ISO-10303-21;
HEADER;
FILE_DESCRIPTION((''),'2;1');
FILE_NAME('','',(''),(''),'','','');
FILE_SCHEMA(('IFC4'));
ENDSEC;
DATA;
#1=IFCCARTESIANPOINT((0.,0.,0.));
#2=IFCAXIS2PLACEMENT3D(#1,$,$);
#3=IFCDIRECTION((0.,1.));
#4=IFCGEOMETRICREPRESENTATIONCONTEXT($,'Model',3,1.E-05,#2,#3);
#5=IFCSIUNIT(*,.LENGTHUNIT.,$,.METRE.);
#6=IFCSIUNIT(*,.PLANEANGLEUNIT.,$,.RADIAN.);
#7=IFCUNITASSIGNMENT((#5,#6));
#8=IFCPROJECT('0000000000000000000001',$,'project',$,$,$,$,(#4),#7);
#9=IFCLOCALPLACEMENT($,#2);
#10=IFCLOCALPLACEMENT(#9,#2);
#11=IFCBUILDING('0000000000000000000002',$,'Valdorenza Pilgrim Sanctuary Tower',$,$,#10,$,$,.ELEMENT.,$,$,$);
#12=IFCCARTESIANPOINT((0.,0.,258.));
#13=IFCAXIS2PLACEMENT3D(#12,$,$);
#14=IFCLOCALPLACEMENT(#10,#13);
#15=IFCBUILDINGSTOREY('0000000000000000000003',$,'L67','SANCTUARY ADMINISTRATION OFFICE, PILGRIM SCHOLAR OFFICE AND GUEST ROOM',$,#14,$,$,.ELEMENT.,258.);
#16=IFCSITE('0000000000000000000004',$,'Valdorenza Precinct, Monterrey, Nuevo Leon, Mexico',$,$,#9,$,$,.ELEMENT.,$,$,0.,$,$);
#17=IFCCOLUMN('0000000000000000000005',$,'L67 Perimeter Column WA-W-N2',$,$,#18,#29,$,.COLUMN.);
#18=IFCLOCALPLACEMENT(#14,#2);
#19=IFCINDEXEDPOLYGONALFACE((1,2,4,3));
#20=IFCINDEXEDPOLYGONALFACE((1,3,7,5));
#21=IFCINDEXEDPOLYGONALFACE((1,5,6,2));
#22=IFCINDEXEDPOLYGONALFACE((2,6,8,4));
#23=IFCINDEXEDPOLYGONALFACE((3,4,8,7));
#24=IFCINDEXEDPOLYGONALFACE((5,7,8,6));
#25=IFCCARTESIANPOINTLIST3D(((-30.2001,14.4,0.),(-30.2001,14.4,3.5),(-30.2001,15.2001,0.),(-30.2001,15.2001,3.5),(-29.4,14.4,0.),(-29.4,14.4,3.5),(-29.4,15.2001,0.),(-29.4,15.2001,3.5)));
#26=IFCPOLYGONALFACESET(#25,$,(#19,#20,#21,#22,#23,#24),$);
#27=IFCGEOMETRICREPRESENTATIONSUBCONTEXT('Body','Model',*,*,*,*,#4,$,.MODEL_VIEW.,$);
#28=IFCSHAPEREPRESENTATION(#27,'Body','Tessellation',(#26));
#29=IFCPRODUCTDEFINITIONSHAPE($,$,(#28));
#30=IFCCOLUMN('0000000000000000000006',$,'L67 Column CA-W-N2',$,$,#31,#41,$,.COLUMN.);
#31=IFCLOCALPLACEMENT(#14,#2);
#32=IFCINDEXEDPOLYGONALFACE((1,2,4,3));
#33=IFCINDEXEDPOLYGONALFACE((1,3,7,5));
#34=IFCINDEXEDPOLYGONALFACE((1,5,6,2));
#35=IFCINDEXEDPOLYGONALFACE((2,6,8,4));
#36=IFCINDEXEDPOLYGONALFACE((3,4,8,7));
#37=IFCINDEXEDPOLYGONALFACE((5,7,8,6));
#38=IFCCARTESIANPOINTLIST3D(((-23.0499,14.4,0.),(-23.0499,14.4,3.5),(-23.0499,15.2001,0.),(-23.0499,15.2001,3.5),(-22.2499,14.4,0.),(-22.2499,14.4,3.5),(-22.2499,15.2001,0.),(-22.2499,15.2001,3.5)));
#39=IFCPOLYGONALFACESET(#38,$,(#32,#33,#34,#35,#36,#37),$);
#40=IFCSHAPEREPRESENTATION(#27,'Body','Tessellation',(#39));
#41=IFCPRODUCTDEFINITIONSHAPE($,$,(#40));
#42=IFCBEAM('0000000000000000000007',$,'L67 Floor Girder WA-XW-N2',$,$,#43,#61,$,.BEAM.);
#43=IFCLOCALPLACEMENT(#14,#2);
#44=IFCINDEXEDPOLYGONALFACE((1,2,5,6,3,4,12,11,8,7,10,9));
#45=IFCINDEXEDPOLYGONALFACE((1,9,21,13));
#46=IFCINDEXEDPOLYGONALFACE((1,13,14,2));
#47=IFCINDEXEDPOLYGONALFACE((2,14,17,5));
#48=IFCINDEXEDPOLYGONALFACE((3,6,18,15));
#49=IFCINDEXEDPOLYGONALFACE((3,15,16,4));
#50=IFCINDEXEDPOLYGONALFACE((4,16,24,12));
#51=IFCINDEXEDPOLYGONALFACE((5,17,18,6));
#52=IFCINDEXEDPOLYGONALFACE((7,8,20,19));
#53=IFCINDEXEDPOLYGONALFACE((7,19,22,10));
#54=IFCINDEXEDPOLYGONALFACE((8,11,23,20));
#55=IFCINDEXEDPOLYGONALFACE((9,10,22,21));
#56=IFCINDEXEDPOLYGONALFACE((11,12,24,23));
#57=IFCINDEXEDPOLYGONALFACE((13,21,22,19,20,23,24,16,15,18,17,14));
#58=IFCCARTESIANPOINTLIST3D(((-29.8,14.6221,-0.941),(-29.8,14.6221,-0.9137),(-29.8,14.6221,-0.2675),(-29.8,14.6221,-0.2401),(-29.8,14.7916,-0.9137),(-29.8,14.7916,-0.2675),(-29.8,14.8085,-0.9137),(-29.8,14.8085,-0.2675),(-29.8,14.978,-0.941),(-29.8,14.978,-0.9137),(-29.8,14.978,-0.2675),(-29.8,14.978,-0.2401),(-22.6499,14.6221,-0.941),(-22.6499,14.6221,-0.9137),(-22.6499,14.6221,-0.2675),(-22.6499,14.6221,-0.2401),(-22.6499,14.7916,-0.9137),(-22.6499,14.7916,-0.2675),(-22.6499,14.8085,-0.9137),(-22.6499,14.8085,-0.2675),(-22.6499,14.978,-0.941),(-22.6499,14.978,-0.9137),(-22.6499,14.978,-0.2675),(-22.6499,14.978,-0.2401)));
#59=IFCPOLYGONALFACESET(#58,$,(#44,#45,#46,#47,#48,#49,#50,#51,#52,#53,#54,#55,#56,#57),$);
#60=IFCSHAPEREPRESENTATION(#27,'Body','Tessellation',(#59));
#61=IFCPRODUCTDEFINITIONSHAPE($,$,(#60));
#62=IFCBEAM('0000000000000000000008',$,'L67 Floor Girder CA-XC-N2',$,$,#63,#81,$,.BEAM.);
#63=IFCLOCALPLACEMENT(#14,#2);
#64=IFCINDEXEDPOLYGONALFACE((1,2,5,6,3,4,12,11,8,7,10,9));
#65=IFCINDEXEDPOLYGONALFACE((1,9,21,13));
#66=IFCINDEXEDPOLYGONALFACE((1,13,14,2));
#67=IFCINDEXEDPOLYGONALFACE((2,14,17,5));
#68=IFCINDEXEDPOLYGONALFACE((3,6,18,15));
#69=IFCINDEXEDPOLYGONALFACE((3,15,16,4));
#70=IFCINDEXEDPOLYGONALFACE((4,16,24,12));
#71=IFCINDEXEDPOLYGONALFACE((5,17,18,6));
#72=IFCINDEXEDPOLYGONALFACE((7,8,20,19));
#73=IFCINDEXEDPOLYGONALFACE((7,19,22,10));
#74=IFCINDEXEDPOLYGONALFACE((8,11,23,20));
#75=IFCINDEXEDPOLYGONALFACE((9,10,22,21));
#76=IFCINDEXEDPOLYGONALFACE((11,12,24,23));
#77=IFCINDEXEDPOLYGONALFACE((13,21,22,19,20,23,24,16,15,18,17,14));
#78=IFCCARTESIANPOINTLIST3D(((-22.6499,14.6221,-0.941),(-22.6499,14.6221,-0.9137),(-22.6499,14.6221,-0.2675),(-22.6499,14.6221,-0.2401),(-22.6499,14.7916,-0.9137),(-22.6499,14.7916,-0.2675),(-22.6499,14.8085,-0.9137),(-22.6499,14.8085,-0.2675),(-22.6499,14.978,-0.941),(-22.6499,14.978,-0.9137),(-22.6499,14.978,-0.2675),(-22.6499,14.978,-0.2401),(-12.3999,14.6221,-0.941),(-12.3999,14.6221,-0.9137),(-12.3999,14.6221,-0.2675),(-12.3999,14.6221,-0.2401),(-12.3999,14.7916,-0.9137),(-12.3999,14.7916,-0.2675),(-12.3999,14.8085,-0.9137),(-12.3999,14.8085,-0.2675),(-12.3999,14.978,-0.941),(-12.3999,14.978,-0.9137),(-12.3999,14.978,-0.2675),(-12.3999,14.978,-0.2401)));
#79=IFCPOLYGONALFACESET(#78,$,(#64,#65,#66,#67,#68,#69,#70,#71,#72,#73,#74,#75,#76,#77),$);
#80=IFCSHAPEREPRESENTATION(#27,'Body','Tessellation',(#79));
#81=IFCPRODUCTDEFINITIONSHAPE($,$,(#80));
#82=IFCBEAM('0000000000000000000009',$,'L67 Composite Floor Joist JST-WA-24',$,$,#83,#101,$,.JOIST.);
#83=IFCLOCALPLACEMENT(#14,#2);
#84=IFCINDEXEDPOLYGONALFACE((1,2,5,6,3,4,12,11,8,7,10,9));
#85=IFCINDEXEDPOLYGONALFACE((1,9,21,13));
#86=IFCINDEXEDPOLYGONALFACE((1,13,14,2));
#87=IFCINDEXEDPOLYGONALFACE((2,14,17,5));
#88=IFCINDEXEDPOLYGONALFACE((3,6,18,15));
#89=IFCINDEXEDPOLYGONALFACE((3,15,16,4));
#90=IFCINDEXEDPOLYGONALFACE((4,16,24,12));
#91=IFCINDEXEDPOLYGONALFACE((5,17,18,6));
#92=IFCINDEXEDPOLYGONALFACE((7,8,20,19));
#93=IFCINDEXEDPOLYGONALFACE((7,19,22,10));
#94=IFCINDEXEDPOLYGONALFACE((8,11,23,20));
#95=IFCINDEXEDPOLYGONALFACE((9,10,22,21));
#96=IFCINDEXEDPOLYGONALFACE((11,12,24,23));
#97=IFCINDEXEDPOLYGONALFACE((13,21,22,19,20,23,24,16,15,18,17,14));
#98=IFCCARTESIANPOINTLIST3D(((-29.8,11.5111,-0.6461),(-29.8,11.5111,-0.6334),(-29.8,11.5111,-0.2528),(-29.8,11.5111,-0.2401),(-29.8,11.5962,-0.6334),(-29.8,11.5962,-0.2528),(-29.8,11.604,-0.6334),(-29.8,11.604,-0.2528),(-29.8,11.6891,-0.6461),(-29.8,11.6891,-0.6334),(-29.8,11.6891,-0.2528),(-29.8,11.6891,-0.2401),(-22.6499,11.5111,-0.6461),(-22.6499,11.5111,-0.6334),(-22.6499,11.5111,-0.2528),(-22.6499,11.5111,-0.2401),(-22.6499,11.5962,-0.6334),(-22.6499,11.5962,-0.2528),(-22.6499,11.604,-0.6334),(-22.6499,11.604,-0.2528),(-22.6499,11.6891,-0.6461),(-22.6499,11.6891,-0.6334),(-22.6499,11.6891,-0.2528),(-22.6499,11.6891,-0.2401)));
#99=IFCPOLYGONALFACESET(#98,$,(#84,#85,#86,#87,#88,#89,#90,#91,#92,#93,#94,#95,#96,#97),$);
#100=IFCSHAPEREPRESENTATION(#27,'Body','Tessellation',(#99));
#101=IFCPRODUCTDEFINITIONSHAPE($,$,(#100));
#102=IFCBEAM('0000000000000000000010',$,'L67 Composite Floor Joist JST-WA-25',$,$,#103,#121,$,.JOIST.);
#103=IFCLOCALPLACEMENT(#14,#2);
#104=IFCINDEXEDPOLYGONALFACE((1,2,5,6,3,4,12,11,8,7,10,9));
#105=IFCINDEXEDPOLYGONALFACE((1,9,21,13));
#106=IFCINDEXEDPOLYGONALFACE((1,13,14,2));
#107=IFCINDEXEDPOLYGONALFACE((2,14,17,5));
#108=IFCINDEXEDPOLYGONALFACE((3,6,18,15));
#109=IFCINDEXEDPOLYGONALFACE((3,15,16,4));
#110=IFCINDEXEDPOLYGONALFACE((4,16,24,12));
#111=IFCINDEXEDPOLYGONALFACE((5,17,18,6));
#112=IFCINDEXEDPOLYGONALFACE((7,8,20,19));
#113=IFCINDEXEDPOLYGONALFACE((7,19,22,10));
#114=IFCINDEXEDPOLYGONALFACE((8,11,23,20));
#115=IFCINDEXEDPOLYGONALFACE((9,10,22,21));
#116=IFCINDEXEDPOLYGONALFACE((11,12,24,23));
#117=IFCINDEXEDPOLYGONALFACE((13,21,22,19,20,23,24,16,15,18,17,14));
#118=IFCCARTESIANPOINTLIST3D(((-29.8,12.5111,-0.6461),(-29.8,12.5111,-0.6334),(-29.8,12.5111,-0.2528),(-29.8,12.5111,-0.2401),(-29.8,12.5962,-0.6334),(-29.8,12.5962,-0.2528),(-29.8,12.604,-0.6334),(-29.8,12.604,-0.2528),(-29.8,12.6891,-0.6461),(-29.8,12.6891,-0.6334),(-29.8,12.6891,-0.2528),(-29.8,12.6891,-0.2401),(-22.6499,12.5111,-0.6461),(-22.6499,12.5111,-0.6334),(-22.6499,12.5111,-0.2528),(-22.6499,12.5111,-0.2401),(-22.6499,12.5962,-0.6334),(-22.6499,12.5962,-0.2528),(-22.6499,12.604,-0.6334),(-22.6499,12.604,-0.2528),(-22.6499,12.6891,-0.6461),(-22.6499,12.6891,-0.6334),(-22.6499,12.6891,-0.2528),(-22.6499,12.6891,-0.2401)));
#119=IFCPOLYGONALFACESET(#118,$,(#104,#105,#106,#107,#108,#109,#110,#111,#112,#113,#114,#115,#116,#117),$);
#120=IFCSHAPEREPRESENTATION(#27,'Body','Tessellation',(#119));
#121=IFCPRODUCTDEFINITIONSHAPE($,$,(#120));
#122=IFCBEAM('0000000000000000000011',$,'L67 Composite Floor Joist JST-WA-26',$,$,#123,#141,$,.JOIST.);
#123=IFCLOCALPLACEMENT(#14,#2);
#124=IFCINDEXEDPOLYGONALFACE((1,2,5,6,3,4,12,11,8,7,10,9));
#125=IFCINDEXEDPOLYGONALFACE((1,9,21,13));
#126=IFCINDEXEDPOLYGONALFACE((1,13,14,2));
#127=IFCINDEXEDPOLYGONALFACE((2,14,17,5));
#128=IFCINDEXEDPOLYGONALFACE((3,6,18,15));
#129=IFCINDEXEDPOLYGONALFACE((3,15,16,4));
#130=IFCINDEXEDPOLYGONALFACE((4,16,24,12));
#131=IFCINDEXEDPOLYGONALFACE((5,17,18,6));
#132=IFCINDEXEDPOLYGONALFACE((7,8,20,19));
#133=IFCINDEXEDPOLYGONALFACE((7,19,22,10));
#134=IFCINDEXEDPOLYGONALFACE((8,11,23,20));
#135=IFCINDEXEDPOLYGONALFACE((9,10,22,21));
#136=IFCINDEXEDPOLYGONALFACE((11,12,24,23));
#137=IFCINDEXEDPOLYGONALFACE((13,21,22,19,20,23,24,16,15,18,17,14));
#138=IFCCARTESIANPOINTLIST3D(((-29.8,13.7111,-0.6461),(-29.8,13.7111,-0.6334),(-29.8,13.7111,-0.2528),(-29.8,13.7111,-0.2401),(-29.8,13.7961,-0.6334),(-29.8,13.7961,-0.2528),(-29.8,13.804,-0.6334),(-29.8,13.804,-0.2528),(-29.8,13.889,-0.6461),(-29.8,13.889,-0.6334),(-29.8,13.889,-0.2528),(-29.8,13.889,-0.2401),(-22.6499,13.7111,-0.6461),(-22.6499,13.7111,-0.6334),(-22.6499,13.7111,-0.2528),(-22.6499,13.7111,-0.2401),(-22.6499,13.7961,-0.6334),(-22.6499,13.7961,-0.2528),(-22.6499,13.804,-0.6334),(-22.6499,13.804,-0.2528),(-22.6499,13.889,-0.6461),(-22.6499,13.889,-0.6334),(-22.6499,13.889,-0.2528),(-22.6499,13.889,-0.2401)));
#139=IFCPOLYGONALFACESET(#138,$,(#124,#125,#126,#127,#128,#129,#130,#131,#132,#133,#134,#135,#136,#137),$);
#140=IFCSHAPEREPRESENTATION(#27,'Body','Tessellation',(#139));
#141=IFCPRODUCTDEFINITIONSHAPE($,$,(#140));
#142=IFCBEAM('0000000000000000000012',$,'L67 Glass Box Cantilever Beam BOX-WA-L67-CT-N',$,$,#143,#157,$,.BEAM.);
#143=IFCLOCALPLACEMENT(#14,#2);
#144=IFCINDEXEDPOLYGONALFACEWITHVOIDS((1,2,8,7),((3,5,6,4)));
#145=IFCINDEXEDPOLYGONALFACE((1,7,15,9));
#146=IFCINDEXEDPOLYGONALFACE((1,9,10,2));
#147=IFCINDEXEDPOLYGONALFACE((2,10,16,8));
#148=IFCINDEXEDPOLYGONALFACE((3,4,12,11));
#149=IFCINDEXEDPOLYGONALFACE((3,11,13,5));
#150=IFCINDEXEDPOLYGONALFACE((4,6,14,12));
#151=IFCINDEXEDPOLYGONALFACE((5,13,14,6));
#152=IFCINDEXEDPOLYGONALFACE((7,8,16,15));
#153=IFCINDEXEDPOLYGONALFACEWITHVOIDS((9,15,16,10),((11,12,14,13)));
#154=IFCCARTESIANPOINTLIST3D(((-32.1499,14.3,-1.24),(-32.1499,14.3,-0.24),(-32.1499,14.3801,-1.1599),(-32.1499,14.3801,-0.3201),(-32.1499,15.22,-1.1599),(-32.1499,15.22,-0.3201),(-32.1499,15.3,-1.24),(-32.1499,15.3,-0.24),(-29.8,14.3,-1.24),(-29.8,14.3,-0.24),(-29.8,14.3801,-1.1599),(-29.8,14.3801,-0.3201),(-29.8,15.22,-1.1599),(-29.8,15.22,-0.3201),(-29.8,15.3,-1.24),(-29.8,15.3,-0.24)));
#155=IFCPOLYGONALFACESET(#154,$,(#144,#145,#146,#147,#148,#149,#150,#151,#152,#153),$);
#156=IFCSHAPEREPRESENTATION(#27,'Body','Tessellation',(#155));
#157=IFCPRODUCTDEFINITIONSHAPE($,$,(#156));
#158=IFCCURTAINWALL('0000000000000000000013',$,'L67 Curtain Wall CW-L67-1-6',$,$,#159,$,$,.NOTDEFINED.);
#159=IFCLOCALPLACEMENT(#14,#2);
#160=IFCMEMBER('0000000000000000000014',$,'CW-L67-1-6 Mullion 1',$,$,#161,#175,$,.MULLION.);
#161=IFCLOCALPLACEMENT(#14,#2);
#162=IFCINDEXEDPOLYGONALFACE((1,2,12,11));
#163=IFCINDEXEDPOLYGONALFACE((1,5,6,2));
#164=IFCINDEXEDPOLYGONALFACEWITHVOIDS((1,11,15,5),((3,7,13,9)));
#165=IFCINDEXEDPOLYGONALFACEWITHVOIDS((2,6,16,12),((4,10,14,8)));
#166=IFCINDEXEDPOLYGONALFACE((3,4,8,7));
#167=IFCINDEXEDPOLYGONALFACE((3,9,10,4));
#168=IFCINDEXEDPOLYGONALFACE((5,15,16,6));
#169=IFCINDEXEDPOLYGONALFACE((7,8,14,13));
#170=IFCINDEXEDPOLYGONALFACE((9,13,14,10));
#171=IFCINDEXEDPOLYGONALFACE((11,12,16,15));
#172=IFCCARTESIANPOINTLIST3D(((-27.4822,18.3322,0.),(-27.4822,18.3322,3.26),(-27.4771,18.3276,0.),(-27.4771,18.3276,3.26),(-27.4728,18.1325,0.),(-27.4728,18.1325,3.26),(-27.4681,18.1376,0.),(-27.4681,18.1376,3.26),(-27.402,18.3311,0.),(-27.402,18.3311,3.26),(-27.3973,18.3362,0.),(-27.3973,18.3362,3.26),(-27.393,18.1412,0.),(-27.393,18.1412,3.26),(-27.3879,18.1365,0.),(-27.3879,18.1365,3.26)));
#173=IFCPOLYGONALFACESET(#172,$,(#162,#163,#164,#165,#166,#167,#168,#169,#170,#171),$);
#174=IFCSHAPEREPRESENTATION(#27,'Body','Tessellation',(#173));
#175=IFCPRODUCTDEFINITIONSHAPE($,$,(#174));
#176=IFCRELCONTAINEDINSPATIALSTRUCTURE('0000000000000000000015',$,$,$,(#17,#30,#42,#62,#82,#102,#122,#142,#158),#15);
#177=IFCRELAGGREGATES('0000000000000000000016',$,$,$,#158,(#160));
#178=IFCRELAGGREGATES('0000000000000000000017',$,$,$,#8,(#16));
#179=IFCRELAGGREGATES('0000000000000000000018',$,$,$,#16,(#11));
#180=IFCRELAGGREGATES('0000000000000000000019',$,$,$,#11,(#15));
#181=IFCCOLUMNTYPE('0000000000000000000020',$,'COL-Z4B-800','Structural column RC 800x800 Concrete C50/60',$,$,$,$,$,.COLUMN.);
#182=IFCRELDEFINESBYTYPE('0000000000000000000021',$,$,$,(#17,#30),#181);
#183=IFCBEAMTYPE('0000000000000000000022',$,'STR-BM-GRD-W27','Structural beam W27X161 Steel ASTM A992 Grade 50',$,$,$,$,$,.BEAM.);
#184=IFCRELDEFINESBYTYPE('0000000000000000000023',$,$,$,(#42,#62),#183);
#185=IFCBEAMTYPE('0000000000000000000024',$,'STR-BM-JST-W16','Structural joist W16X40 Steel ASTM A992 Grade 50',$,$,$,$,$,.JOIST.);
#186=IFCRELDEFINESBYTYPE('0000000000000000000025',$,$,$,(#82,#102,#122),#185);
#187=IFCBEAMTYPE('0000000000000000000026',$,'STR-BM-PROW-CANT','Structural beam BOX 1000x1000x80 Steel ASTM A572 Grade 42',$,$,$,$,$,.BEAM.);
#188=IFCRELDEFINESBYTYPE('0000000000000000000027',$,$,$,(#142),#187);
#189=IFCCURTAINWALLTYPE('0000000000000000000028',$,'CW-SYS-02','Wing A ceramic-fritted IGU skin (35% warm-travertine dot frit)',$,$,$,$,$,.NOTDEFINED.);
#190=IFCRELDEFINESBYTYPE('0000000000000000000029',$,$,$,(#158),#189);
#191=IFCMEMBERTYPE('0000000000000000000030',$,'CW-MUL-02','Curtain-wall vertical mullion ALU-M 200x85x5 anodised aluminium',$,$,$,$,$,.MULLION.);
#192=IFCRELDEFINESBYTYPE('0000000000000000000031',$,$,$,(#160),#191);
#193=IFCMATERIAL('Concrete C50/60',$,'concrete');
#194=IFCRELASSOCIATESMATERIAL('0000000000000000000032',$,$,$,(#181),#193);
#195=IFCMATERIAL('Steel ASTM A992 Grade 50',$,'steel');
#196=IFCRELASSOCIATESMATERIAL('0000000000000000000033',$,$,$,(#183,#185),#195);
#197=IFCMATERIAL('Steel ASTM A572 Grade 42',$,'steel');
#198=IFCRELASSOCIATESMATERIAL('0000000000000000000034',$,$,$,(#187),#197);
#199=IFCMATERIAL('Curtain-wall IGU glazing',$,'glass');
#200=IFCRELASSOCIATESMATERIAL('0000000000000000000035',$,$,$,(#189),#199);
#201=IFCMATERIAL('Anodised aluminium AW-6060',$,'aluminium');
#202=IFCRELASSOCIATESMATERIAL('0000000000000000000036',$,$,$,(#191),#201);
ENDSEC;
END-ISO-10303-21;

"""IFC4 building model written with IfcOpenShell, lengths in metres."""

from ifc_helpers import new_model, si_unit, direction, frame, origin, origin_2d, place, context, subcontext, project, spatial, rectangle, hollow_rectangle, i_section, extrude, source, transform, mapped, material, material_profile, profile_set, type_object, element, aggregate, save


model = new_model("IFC4")

# Units and contexts
model_context = context("Model", 3, precision=1e-05, world=origin(), true_north=direction((0.0, 1.0)))
body_context = subcontext(model_context, "Body", "Model", "MODEL_VIEW")
ifc_project = project(units=[si_unit("LENGTHUNIT", "METRE"), si_unit("PLANEANGLEUNIT", "RADIAN")], contexts=[model_context])

# Site, building, storey
site_placement = place(None, origin())
site = spatial("IfcSite", under=ifc_project, at=site_placement, Name="Valdorenza Precinct, Monterrey, Nuevo Leon, Mexico", CompositionType="ELEMENT", RefElevation=0.0)
building_placement = place(site_placement, origin())
building = spatial("IfcBuilding", under=site, at=building_placement, Name="Valdorenza Pilgrim Sanctuary Tower", CompositionType="ELEMENT")
storey_placement = place(building_placement, frame((0.0, 0.0, 258.0)))
storey = spatial("IfcBuildingStorey", under=building, at=storey_placement, Name="L67", Description="SANCTUARY ADMINISTRATION OFFICE, PILGRIM SCHOLAR OFFICE AND GUEST ROOM", CompositionType="ELEMENT", Elevation=258.0)

# Columns
ifc_material_1 = material(Name="Concrete C50/60", Category="concrete")
ifc_material_profile_1 = material_profile(ifc_material_1, rectangle(XDim=0.8, YDim=0.8, at=origin_2d()), Name="RC 800x800")
ifc_profile_set_1 = profile_set([ifc_material_profile_1], Name="Concrete C50/60")
column_type = type_object("IfcColumnType", Name="COL-Z4B-800", Description="Structural column RC 800x800 Concrete C50/60", PredefinedType="COLUMN", material=ifc_profile_set_1)
shared_shape_1 = source(origin(), body_context, "Body", "SweptSolid", [
    extrude(rectangle(XDim=0.8, YDim=0.8, at=origin_2d()), origin(), (0.0, 0.0, 1.0), 3.5),
])
for number, where, z_axis, x_axis, name in (
    (1, (-29.8, 14.8, 0.0), (0.0, 0.0, 1.0), (1.0, 0.0, 0.0), "L67 Perimeter Column WA-W-N2"),
    (2, (-22.6499, 14.8, 0.0), (0.0, 0.0, 1.0), (1.0, 0.0, 0.0), "L67 Column CA-W-N2"),
):
    element("IfcColumn", number, at=place(storey_placement, frame(where, z_axis=z_axis, x_axis=x_axis)), inside=storey, type_object=column_type, Name=name, PredefinedType="COLUMN", context=body_context, shape_type="MappedRepresentation", body=[
        mapped(shared_shape_1, transform((0.0, 0.0, 0.0), x_axis=(1.0, 0.0, 0.0), y_axis=(0.0, 1.0, 0.0), z_axis=(0.0, 0.0, 1.0), scale=1.0)),
    ])

# Beams
ifc_material_2 = material(Name="Steel ASTM A992 Grade 50", Category="steel")
ifc_material_profile_2 = material_profile(ifc_material_2, i_section(OverallWidth=0.356, OverallDepth=0.7009, WebThickness=0.0168, FlangeThickness=0.0273, at=origin_2d()), Name="W27X161")
ifc_profile_set_2 = profile_set([ifc_material_profile_2], Name="Steel ASTM A992 Grade 50")
beam_type_1 = type_object("IfcBeamType", Name="STR-BM-GRD-W27", Description="Structural beam W27X161 Steel ASTM A992 Grade 50", PredefinedType="BEAM", material=ifc_profile_set_2)
shared_shape_2 = source(origin(), body_context, "Body", "SweptSolid", [
    extrude(i_section(OverallWidth=0.356, OverallDepth=0.7009, WebThickness=0.0168, FlangeThickness=0.0273, at=origin_2d()), origin(), (0.0, 0.0, 1.0), 7.1501),
])
beam_1_placement = place(storey_placement, frame((-29.8, 14.8, -0.5906), z_axis=(1.0, 0.0, 0.0), x_axis=(0.0, 1.0, 0.0)))
element("IfcBeam", 3, at=beam_1_placement, inside=storey, type_object=beam_type_1, Name="L67 Floor Girder WA-XW-N2", PredefinedType="BEAM", context=body_context, shape_type="MappedRepresentation", body=[
    mapped(shared_shape_2, transform((0.0, 0.0, 0.0), x_axis=(1.0, 0.0, 0.0), y_axis=(0.0, 1.0, 0.0), z_axis=(0.0, 0.0, 1.0), scale=1.0)),
])
shared_shape_3 = source(origin(), body_context, "Body", "SweptSolid", [
    extrude(i_section(OverallWidth=0.356, OverallDepth=0.7009, WebThickness=0.0168, FlangeThickness=0.0273, at=origin_2d()), origin(), (0.0, 0.0, 1.0), 10.25),
])
beam_2_placement = place(storey_placement, frame((-22.6499, 14.8, -0.5906), z_axis=(1.0, 0.0, 0.0), x_axis=(0.0, 1.0, 0.0)))
element("IfcBeam", 4, at=beam_2_placement, inside=storey, type_object=beam_type_1, Name="L67 Floor Girder CA-XC-N2", PredefinedType="BEAM", context=body_context, shape_type="MappedRepresentation", body=[
    mapped(shared_shape_3, transform((0.0, 0.0, 0.0), x_axis=(1.0, 0.0, 0.0), y_axis=(0.0, 1.0, 0.0), z_axis=(0.0, 0.0, 1.0), scale=1.0)),
])
ifc_material_profile_3 = material_profile(ifc_material_2, i_section(OverallWidth=0.178, OverallDepth=0.406, WebThickness=0.0078, FlangeThickness=0.0127, at=origin_2d()), Name="W16X40")
ifc_profile_set_3 = profile_set([ifc_material_profile_3], Name="Steel ASTM A992 Grade 50")
beam_type_2 = type_object("IfcBeamType", Name="STR-BM-JST-W16", Description="Structural joist W16X40 Steel ASTM A992 Grade 50", PredefinedType="JOIST", material=ifc_profile_set_3)
shared_shape_4 = source(origin(), body_context, "Body", "SweptSolid", [
    extrude(i_section(OverallWidth=0.178, OverallDepth=0.406, WebThickness=0.0078, FlangeThickness=0.0127, at=origin_2d()), origin(), (0.0, 0.0, 1.0), 7.1501),
])
for number, where, z_axis, x_axis, name in (
    (5, (-29.8, 11.6001, -0.4431), (1.0, 0.0, 0.0), (0.0, 1.0, 0.0), "L67 Composite Floor Joist JST-WA-24"),
    (6, (-29.8, 12.6001, -0.4431), (1.0, 0.0, 0.0), (0.0, 1.0, 0.0), "L67 Composite Floor Joist JST-WA-25"),
    (7, (-29.8, 13.8, -0.4431), (1.0, 0.0, 0.0), (0.0, 1.0, 0.0), "L67 Composite Floor Joist JST-WA-26"),
):
    element("IfcBeam", number, at=place(storey_placement, frame(where, z_axis=z_axis, x_axis=x_axis)), inside=storey, type_object=beam_type_2, Name=name, PredefinedType="JOIST", context=body_context, shape_type="MappedRepresentation", body=[
        mapped(shared_shape_4, transform((0.0, 0.0, 0.0), x_axis=(1.0, 0.0, 0.0), y_axis=(0.0, 1.0, 0.0), z_axis=(0.0, 0.0, 1.0), scale=1.0)),
    ])
ifc_material_3 = material(Name="Steel ASTM A572 Grade 42", Category="steel")
ifc_material_profile_4 = material_profile(ifc_material_3, hollow_rectangle(XDim=1.0, YDim=1.0, WallThickness=0.0801, at=origin_2d()), Name="BOX 1000x1000x80")
ifc_profile_set_4 = profile_set([ifc_material_profile_4], Name="Steel ASTM A572 Grade 42")
beam_type_3 = type_object("IfcBeamType", Name="STR-BM-PROW-CANT", Description="Structural beam BOX 1000x1000x80 Steel ASTM A572 Grade 42", PredefinedType="BEAM", material=ifc_profile_set_4)
shared_shape_5 = source(origin(), body_context, "Body", "SweptSolid", [
    extrude(hollow_rectangle(XDim=1.0, YDim=1.0, WallThickness=0.0801, at=origin_2d()), origin(), (0.0, 0.0, 1.0), 2.3499),
])
beam_3_placement = place(storey_placement, frame((-29.8, 14.8, -0.74), z_axis=(-1.0, 0.0, 0.0), x_axis=(0.0, -1.0, 0.0)))
element("IfcBeam", 8, at=beam_3_placement, inside=storey, type_object=beam_type_3, Name="L67 Glass Box Cantilever Beam BOX-WA-L67-CT-N", PredefinedType="BEAM", context=body_context, shape_type="MappedRepresentation", body=[
    mapped(shared_shape_5, transform((0.0, 0.0, 0.0), x_axis=(1.0, 0.0, 0.0), y_axis=(0.0, 1.0, 0.0), z_axis=(0.0, 0.0, 1.0), scale=1.0)),
])

# Curtain wall, member
ifc_material_4 = material(Name="Curtain-wall IGU glazing", Category="glass")
curtain_wall_type = type_object("IfcCurtainWallType", Name="CW-SYS-02", Description="Wing A ceramic-fritted IGU skin (35% warm-travertine dot frit)", PredefinedType="NOTDEFINED", material=ifc_material_4)
curtain_wall_placement = place(storey_placement, origin())
curtain_wall = element("IfcCurtainWall", 9, at=curtain_wall_placement, inside=storey, type_object=curtain_wall_type, Name="L67 Curtain Wall CW-L67-1-6", PredefinedType="NOTDEFINED")
ifc_material_5 = material(Name="Anodised aluminium AW-6060", Category="aluminium")
ifc_material_profile_5 = material_profile(ifc_material_5, hollow_rectangle(XDim=0.085, YDim=0.2, WallThickness=0.0049, at=origin_2d()), Name="ALU-M 200x85x5")
ifc_profile_set_5 = profile_set([ifc_material_profile_5], Name="Anodised aluminium AW-6060")
member_type_1 = type_object("IfcMemberType", Name="CW-MUL-02", Description="Curtain-wall vertical mullion ALU-M 200x85x5 anodised aluminium", PredefinedType="MULLION", material=ifc_profile_set_5)
shared_shape_6 = source(origin(), body_context, "Body", "SweptSolid", [
    extrude(hollow_rectangle(XDim=0.085, YDim=0.2, WallThickness=0.0049, at=origin_2d()), origin(), (0.0, 0.0, 1.0), 3.26),
])
member_1_placement = place(storey_placement, frame((-27.4351, 18.2344, 0.0), z_axis=(0.0, 0.0, 1.0), x_axis=(0.998891, 0.047089, 0.0)))
member_1 = element("IfcMember", 10, at=member_1_placement, type_object=member_type_1, Name="CW-L67-1-6 Mullion 1", PredefinedType="MULLION", context=body_context, shape_type="MappedRepresentation", body=[
    mapped(shared_shape_6, transform((0.0, 0.0, 0.0), x_axis=(1.0, 0.0, 0.0), y_axis=(0.0, 1.0, 0.0), z_axis=(0.0, 0.0, 1.0), scale=1.0)),
])
aggregate(curtain_wall, [member_1])

save(model, "model.ifc")
